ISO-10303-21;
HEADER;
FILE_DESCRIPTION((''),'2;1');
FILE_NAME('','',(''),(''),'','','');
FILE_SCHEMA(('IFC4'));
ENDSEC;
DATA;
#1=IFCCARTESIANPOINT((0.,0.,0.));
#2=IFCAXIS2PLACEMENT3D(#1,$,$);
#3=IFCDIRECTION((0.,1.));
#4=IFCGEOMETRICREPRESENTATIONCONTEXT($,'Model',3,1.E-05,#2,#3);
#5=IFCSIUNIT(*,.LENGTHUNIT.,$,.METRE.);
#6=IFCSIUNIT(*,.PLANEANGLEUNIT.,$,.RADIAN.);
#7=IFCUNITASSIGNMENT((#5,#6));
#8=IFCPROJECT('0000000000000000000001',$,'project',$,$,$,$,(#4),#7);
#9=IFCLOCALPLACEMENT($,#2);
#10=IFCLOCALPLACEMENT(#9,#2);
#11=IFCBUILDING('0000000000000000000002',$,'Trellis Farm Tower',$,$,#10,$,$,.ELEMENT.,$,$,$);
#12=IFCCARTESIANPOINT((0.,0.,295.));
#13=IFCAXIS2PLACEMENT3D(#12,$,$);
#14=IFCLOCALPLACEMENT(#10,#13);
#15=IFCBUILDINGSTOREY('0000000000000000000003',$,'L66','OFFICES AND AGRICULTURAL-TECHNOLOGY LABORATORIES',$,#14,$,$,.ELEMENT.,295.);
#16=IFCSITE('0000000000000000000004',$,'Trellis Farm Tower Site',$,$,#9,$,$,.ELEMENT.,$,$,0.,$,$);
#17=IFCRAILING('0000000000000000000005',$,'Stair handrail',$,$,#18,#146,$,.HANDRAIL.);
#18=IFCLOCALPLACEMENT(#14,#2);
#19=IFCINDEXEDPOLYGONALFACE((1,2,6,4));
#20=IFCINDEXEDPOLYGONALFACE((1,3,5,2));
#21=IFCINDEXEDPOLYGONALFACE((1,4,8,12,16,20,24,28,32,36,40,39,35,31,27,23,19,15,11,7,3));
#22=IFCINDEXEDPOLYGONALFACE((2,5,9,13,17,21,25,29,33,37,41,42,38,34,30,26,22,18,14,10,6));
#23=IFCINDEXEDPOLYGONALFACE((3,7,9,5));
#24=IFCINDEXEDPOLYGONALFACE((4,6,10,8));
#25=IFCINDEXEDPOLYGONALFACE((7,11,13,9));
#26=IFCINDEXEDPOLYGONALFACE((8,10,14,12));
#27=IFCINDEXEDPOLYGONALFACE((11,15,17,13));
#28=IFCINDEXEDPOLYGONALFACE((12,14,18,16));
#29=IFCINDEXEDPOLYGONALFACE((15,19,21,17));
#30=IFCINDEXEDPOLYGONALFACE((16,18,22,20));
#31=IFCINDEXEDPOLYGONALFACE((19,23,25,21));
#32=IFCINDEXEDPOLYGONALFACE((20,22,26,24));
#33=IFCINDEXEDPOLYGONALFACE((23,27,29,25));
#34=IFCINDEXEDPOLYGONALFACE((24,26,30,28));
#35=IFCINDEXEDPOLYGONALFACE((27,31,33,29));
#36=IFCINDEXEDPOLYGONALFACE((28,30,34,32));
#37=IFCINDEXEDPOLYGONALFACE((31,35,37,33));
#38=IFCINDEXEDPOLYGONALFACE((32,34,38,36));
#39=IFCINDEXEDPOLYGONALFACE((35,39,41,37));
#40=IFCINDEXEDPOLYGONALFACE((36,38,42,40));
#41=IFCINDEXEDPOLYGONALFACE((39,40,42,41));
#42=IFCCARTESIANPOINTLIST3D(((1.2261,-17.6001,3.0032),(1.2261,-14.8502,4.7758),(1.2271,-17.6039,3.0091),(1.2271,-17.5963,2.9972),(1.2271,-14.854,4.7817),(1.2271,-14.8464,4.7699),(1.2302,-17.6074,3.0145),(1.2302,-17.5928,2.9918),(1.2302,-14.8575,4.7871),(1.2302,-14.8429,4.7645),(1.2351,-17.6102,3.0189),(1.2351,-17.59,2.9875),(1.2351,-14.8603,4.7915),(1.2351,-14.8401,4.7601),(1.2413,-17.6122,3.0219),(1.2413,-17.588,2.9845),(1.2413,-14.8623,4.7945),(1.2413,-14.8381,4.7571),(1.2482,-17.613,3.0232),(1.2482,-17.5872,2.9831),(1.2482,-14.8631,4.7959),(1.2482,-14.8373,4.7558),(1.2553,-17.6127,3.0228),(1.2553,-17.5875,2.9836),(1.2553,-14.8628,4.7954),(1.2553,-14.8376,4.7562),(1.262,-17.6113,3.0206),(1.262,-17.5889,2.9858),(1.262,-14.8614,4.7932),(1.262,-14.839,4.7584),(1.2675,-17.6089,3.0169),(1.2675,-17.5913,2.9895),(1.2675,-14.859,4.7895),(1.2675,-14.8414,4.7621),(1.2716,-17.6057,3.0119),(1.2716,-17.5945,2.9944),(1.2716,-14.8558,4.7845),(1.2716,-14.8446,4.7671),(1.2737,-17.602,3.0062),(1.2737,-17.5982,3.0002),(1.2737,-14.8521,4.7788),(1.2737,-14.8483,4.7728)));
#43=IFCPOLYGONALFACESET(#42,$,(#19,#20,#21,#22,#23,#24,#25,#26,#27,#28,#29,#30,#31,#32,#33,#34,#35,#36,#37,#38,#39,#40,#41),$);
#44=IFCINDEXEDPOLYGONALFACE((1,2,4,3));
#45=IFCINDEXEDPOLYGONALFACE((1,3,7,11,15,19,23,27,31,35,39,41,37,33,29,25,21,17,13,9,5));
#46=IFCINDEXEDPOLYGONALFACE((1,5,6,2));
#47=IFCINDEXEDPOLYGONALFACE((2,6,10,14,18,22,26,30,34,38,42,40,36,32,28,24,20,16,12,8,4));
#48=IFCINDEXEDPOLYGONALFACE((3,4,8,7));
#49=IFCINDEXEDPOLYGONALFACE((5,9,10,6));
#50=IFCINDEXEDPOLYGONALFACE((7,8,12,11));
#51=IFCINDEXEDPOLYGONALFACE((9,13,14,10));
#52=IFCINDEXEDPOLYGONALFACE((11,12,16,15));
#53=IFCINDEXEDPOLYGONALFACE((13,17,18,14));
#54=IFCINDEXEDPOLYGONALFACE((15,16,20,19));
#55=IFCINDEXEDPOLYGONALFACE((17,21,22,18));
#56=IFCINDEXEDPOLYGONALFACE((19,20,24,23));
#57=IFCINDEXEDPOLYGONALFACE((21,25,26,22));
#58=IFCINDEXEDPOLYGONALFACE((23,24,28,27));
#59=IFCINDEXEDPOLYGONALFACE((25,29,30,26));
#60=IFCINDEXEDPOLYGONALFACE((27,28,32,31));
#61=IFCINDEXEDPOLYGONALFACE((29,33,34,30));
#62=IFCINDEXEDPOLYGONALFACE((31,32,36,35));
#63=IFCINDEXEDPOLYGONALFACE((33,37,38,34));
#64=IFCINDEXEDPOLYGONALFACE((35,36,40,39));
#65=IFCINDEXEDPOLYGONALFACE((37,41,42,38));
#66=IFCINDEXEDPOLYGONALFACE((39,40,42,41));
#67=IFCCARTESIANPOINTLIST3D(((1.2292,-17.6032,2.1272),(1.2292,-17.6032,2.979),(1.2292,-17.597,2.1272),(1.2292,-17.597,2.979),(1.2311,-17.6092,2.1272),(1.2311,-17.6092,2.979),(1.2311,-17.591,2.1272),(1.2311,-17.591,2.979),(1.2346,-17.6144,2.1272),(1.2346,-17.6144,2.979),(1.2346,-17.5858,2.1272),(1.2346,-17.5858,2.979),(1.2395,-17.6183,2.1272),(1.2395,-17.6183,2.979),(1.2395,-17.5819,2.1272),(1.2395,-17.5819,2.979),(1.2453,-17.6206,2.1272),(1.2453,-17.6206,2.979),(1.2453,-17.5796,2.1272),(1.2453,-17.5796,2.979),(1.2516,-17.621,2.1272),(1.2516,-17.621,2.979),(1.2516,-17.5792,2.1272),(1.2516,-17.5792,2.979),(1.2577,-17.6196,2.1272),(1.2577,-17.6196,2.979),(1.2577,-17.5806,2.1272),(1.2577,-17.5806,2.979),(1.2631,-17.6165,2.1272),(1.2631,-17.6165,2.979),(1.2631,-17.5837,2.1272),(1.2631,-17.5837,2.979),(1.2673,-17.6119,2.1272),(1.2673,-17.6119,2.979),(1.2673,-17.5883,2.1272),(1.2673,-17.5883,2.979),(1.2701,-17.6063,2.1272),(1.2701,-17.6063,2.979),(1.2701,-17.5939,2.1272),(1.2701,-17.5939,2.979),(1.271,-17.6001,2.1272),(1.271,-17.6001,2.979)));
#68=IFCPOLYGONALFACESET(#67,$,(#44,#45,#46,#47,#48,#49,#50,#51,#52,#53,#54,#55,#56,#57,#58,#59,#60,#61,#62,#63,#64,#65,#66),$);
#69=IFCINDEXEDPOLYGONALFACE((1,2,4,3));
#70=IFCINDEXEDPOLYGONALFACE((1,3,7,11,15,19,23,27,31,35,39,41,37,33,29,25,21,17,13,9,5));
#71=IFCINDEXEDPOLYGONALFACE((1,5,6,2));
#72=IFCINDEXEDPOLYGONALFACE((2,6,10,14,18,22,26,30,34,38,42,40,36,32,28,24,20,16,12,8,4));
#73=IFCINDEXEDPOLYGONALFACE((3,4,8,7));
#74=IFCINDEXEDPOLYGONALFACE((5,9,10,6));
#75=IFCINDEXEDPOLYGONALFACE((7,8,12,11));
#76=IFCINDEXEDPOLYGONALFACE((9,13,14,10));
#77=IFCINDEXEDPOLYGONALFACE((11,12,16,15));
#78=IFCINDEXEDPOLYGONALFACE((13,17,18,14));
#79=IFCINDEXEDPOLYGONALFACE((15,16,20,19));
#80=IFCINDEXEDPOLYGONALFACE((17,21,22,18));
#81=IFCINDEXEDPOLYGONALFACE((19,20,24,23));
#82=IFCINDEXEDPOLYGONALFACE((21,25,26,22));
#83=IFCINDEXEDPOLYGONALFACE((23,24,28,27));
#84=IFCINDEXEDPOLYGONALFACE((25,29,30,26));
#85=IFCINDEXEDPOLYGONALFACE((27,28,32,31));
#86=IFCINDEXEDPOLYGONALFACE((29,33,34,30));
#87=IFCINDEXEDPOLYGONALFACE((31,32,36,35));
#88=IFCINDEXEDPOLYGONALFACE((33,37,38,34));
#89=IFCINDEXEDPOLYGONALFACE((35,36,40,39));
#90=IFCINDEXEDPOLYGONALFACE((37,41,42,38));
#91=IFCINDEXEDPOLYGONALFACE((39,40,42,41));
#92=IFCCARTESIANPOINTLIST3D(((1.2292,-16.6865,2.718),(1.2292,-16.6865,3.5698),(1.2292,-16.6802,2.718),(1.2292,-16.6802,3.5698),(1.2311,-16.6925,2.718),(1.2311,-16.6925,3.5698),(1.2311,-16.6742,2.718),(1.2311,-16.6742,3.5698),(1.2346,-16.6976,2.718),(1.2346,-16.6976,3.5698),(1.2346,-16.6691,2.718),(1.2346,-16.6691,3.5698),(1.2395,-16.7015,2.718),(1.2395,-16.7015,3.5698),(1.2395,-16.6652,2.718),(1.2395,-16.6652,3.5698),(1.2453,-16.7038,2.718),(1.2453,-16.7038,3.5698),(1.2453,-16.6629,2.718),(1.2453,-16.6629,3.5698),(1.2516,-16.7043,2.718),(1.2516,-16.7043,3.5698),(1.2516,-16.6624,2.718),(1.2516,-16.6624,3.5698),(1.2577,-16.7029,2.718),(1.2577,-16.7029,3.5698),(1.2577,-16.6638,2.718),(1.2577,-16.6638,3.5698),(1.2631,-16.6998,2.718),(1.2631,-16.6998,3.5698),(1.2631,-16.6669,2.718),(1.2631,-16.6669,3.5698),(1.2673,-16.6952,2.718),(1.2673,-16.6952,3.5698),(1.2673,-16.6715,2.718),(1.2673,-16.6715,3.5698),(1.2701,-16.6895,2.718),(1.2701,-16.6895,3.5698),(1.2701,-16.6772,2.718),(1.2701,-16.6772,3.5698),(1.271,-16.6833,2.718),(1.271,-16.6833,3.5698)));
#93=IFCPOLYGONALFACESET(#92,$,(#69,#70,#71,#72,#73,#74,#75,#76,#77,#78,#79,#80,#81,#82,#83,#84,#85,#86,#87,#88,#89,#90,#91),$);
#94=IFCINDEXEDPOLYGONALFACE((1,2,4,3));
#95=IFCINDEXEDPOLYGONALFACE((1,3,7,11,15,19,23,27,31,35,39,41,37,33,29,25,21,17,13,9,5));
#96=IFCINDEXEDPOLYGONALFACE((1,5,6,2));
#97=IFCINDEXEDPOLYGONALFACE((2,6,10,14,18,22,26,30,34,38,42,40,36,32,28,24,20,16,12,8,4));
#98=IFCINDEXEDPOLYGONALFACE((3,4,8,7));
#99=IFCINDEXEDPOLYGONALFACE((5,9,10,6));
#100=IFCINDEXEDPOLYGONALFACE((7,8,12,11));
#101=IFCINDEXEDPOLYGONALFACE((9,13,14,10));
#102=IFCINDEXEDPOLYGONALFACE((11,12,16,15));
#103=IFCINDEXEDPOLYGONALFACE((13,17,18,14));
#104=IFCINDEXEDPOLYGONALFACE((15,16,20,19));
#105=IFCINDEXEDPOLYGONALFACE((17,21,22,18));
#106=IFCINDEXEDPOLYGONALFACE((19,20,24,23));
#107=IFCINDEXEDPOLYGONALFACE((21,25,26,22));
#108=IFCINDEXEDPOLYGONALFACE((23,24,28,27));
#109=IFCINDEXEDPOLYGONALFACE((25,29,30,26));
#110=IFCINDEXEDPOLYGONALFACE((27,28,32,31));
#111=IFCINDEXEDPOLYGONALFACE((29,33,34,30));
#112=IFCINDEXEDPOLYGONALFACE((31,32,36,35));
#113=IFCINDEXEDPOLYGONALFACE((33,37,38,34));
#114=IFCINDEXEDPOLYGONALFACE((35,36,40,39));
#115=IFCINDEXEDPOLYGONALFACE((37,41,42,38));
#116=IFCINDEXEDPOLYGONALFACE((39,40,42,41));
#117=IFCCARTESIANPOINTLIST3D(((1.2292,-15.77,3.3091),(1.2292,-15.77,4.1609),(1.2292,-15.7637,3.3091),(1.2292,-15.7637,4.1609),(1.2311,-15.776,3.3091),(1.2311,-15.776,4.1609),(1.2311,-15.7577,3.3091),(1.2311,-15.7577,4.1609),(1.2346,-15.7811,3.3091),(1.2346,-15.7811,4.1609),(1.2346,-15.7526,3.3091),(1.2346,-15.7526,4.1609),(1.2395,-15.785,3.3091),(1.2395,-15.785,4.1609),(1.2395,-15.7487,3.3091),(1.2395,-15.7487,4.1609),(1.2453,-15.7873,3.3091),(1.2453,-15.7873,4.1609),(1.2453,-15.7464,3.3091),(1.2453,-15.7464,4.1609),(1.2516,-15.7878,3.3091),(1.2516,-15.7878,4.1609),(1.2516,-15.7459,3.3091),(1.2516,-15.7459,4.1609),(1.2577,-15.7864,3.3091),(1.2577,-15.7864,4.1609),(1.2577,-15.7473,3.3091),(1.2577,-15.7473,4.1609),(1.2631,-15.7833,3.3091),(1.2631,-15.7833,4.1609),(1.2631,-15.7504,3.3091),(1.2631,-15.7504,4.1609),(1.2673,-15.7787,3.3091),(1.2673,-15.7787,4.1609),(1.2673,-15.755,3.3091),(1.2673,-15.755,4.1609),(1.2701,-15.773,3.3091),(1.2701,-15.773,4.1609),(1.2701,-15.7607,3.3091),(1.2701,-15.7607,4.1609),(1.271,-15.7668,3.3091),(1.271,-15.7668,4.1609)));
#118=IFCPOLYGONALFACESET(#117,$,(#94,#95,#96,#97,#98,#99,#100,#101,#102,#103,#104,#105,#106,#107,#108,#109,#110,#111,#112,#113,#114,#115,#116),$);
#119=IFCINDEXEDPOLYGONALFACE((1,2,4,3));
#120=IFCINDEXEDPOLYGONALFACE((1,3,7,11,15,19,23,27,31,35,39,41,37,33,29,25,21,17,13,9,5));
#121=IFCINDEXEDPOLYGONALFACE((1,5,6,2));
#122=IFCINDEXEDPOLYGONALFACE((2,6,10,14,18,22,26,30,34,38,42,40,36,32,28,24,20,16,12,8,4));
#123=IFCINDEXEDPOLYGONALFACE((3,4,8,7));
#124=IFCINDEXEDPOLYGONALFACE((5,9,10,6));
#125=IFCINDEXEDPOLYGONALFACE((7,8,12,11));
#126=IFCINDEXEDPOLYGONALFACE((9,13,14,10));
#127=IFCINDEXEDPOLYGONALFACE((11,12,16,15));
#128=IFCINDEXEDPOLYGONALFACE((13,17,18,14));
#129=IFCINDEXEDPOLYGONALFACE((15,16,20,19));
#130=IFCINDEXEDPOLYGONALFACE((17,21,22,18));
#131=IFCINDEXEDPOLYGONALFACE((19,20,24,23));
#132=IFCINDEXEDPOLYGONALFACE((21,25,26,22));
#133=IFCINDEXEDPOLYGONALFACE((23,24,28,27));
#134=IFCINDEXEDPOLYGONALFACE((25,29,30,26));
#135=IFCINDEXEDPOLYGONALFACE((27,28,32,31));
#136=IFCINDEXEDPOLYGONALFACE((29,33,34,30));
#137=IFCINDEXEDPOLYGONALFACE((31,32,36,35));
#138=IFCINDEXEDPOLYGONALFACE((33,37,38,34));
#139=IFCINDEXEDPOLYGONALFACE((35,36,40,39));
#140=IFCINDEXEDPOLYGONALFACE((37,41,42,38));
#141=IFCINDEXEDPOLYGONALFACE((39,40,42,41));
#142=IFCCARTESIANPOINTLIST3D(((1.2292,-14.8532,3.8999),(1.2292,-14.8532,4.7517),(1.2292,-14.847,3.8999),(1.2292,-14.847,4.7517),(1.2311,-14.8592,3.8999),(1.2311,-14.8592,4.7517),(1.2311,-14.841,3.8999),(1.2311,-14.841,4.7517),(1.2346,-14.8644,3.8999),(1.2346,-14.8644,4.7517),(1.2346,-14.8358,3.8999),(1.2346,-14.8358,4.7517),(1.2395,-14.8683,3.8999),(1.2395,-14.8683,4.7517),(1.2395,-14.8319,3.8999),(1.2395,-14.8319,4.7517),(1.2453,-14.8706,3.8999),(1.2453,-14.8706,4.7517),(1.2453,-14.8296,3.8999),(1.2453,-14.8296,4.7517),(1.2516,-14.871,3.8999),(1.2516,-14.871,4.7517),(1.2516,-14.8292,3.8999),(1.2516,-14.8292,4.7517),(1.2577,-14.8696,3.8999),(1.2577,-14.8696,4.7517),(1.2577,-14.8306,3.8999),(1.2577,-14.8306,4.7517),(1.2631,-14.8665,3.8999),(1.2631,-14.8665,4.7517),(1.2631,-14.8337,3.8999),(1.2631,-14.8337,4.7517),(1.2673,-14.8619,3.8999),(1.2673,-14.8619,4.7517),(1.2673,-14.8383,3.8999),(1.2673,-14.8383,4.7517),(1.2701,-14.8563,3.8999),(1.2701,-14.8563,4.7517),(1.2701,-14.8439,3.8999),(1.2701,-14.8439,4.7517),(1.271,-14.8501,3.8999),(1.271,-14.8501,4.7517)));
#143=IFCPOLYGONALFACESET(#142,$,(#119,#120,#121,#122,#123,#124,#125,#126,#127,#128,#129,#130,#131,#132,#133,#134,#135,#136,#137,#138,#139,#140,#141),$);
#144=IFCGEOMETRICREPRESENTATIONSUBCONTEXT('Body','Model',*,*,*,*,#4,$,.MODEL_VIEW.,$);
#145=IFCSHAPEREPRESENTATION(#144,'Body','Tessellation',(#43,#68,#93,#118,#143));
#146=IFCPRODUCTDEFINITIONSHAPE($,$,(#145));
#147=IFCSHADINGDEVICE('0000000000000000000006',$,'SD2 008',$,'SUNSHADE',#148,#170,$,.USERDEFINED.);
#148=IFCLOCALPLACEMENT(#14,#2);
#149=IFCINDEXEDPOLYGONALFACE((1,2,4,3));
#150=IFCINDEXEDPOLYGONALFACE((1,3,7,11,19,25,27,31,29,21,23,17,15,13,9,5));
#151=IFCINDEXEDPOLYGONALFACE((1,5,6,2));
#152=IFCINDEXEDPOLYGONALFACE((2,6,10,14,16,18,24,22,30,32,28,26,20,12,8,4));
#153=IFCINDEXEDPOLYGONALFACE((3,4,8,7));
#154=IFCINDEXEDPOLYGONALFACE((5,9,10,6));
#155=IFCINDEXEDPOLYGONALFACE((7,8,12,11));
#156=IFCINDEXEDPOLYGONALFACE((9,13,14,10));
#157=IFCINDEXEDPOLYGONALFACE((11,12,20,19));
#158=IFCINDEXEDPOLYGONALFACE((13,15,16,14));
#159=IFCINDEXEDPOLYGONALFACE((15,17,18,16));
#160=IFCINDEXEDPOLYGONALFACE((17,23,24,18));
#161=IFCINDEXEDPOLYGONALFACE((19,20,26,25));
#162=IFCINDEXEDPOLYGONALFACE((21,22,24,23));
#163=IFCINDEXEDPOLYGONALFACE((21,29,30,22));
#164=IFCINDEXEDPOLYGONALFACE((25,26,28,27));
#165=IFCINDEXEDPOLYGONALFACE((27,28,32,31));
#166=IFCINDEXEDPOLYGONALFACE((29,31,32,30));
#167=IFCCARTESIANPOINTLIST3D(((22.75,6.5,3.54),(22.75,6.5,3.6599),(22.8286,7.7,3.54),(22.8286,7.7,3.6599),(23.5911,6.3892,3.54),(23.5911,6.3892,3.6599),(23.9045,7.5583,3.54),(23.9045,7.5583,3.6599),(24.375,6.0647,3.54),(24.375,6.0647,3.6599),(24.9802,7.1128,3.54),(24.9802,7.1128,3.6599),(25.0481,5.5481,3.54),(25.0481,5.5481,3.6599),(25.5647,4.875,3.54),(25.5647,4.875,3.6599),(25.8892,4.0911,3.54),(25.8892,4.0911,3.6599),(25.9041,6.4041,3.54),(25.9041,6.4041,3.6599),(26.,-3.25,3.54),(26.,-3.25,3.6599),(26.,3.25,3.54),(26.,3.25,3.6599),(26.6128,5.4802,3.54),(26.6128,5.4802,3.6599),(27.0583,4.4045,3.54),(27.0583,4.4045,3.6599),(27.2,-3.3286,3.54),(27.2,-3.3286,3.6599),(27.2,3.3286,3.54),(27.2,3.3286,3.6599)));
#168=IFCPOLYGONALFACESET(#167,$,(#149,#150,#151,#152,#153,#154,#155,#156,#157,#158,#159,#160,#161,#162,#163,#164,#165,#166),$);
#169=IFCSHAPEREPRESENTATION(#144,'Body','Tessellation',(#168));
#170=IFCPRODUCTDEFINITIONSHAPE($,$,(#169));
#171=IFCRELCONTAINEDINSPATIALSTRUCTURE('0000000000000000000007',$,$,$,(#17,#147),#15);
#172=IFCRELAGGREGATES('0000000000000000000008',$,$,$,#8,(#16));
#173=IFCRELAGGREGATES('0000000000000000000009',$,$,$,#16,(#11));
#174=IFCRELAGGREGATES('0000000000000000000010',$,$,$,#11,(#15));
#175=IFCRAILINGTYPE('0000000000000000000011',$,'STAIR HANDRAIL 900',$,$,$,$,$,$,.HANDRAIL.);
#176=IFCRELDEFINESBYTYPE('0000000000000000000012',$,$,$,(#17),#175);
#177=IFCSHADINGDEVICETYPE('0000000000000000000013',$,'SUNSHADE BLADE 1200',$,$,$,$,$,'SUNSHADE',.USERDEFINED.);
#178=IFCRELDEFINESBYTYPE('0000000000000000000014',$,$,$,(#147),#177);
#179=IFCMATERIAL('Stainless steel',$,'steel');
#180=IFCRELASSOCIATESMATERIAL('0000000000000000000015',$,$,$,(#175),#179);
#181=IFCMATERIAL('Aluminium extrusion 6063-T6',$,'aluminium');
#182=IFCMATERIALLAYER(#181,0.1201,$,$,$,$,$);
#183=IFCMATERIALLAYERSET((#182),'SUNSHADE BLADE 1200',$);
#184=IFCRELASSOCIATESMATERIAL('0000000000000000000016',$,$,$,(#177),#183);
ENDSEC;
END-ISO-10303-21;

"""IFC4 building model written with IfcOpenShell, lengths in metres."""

from ifc_helpers import new_model, si_unit, direction, frame, origin, origin_2d, place, context, subcontext, project, spatial, polyline, circle, outline, extrude, source, transform, mapped, material, layer, layer_set, type_object, element, save


model = new_model("IFC4")

# Units and contexts
model_context = context("Model", 3, precision=1e-05, world=origin(), true_north=direction((0.0, 1.0)))
body_context = subcontext(model_context, "Body", "Model", "MODEL_VIEW")
ifc_project = project(units=[si_unit("LENGTHUNIT", "METRE"), si_unit("PLANEANGLEUNIT", "RADIAN")], contexts=[model_context])

# Site, building, storey
site_placement = place(None, origin())
site = spatial("IfcSite", under=ifc_project, at=site_placement, Name="Trellis Farm Tower Site", CompositionType="ELEMENT", RefElevation=0.0)
building_placement = place(site_placement, origin())
building = spatial("IfcBuilding", under=site, at=building_placement, Name="Trellis Farm Tower", CompositionType="ELEMENT")
storey_placement = place(building_placement, frame((0.0, 0.0, 295.0)))
storey = spatial("IfcBuildingStorey", under=building, at=storey_placement, Name="L66", Description="OFFICES AND AGRICULTURAL-TECHNOLOGY LABORATORIES", CompositionType="ELEMENT", Elevation=295.0)

# Shared definitions
ifc_material_1 = material(Name="Aluminium extrusion 6063-T6", Category="aluminium")

# Railing
ifc_material_2 = material(Name="Stainless steel", Category="steel")
railing_type = type_object("IfcRailingType", Name="STAIR HANDRAIL 900", PredefinedType="HANDRAIL", material=ifc_material_2)
shared_shape_1 = source(origin(), body_context, "Body", "SweptSolid", [
    extrude(circle(Radius=0.0239, at=origin_2d()), frame((0.0, 0.0, 0.876), z_axis=(0.0, 0.840504, 0.541806), x_axis=(-1.0, 0.0, 0.0)), (0.0, 0.0, 1.0), 3.2717),
    extrude(circle(Radius=0.021, at=origin_2d()), origin(), (0.0, 0.0, 1.0), 0.8518),
    extrude(circle(Radius=0.021, at=origin_2d()), frame((0.0, 0.9167, 0.5908)), (0.0, 0.0, 1.0), 0.8518),
    extrude(circle(Radius=0.021, at=origin_2d()), frame((0.0, 1.8333, 1.1819)), (0.0, 0.0, 1.0), 0.8518),
    extrude(circle(Radius=0.021, at=origin_2d()), frame((0.0, 2.75, 1.7727)), (0.0, 0.0, 1.0), 0.8518),
])
railing_placement = place(storey_placement, frame((1.25, -17.6001, 2.1272)))
element("IfcRailing", 1, at=railing_placement, inside=storey, type_object=railing_type, Name="Stair handrail", PredefinedType="HANDRAIL", context=body_context, shape_type="MappedRepresentation", body=[
    mapped(shared_shape_1, transform((0.0, 0.0, 0.0))),
])

# Shading device
ifc_layer_1 = layer(ifc_material_1, 0.1201)
ifc_layer_set_1 = layer_set([ifc_layer_1], Name="SUNSHADE BLADE 1200")
shading_device_type = type_object("IfcShadingDeviceType", Name="SUNSHADE BLADE 1200", ElementType="SUNSHADE", PredefinedType="USERDEFINED", material=ifc_layer_set_1)
shared_shape_2 = source(origin(), body_context, "Body", "SweptSolid", [
    extrude(outline(polyline([(27.2, -3.3286), (27.2, 3.3286), (27.0583, 4.4045), (26.6128, 5.4802), (25.9041, 6.4041), (24.9802, 7.1128), (23.9045, 7.5583), (22.8286, 7.7), (22.75, 6.5), (23.5911, 6.3892), (24.375, 6.0647), (25.0481, 5.5481), (25.5647, 4.875), (25.8892, 4.0911), (26.0, 3.25), (26.0, -3.25), (27.2, -3.3286)])), origin(), (0.0, 0.0, 1.0), 0.1199),
])
shading_device_placement = place(storey_placement, frame((0.0, 0.0, 3.54)))
element("IfcShadingDevice", 2, at=shading_device_placement, inside=storey, type_object=shading_device_type, Name="SD2 008", ObjectType="SUNSHADE", PredefinedType="USERDEFINED", context=body_context, shape_type="MappedRepresentation", body=[
    mapped(shared_shape_2, transform((0.0, 0.0, 0.0))),
])

save(model, "model.ifc")
